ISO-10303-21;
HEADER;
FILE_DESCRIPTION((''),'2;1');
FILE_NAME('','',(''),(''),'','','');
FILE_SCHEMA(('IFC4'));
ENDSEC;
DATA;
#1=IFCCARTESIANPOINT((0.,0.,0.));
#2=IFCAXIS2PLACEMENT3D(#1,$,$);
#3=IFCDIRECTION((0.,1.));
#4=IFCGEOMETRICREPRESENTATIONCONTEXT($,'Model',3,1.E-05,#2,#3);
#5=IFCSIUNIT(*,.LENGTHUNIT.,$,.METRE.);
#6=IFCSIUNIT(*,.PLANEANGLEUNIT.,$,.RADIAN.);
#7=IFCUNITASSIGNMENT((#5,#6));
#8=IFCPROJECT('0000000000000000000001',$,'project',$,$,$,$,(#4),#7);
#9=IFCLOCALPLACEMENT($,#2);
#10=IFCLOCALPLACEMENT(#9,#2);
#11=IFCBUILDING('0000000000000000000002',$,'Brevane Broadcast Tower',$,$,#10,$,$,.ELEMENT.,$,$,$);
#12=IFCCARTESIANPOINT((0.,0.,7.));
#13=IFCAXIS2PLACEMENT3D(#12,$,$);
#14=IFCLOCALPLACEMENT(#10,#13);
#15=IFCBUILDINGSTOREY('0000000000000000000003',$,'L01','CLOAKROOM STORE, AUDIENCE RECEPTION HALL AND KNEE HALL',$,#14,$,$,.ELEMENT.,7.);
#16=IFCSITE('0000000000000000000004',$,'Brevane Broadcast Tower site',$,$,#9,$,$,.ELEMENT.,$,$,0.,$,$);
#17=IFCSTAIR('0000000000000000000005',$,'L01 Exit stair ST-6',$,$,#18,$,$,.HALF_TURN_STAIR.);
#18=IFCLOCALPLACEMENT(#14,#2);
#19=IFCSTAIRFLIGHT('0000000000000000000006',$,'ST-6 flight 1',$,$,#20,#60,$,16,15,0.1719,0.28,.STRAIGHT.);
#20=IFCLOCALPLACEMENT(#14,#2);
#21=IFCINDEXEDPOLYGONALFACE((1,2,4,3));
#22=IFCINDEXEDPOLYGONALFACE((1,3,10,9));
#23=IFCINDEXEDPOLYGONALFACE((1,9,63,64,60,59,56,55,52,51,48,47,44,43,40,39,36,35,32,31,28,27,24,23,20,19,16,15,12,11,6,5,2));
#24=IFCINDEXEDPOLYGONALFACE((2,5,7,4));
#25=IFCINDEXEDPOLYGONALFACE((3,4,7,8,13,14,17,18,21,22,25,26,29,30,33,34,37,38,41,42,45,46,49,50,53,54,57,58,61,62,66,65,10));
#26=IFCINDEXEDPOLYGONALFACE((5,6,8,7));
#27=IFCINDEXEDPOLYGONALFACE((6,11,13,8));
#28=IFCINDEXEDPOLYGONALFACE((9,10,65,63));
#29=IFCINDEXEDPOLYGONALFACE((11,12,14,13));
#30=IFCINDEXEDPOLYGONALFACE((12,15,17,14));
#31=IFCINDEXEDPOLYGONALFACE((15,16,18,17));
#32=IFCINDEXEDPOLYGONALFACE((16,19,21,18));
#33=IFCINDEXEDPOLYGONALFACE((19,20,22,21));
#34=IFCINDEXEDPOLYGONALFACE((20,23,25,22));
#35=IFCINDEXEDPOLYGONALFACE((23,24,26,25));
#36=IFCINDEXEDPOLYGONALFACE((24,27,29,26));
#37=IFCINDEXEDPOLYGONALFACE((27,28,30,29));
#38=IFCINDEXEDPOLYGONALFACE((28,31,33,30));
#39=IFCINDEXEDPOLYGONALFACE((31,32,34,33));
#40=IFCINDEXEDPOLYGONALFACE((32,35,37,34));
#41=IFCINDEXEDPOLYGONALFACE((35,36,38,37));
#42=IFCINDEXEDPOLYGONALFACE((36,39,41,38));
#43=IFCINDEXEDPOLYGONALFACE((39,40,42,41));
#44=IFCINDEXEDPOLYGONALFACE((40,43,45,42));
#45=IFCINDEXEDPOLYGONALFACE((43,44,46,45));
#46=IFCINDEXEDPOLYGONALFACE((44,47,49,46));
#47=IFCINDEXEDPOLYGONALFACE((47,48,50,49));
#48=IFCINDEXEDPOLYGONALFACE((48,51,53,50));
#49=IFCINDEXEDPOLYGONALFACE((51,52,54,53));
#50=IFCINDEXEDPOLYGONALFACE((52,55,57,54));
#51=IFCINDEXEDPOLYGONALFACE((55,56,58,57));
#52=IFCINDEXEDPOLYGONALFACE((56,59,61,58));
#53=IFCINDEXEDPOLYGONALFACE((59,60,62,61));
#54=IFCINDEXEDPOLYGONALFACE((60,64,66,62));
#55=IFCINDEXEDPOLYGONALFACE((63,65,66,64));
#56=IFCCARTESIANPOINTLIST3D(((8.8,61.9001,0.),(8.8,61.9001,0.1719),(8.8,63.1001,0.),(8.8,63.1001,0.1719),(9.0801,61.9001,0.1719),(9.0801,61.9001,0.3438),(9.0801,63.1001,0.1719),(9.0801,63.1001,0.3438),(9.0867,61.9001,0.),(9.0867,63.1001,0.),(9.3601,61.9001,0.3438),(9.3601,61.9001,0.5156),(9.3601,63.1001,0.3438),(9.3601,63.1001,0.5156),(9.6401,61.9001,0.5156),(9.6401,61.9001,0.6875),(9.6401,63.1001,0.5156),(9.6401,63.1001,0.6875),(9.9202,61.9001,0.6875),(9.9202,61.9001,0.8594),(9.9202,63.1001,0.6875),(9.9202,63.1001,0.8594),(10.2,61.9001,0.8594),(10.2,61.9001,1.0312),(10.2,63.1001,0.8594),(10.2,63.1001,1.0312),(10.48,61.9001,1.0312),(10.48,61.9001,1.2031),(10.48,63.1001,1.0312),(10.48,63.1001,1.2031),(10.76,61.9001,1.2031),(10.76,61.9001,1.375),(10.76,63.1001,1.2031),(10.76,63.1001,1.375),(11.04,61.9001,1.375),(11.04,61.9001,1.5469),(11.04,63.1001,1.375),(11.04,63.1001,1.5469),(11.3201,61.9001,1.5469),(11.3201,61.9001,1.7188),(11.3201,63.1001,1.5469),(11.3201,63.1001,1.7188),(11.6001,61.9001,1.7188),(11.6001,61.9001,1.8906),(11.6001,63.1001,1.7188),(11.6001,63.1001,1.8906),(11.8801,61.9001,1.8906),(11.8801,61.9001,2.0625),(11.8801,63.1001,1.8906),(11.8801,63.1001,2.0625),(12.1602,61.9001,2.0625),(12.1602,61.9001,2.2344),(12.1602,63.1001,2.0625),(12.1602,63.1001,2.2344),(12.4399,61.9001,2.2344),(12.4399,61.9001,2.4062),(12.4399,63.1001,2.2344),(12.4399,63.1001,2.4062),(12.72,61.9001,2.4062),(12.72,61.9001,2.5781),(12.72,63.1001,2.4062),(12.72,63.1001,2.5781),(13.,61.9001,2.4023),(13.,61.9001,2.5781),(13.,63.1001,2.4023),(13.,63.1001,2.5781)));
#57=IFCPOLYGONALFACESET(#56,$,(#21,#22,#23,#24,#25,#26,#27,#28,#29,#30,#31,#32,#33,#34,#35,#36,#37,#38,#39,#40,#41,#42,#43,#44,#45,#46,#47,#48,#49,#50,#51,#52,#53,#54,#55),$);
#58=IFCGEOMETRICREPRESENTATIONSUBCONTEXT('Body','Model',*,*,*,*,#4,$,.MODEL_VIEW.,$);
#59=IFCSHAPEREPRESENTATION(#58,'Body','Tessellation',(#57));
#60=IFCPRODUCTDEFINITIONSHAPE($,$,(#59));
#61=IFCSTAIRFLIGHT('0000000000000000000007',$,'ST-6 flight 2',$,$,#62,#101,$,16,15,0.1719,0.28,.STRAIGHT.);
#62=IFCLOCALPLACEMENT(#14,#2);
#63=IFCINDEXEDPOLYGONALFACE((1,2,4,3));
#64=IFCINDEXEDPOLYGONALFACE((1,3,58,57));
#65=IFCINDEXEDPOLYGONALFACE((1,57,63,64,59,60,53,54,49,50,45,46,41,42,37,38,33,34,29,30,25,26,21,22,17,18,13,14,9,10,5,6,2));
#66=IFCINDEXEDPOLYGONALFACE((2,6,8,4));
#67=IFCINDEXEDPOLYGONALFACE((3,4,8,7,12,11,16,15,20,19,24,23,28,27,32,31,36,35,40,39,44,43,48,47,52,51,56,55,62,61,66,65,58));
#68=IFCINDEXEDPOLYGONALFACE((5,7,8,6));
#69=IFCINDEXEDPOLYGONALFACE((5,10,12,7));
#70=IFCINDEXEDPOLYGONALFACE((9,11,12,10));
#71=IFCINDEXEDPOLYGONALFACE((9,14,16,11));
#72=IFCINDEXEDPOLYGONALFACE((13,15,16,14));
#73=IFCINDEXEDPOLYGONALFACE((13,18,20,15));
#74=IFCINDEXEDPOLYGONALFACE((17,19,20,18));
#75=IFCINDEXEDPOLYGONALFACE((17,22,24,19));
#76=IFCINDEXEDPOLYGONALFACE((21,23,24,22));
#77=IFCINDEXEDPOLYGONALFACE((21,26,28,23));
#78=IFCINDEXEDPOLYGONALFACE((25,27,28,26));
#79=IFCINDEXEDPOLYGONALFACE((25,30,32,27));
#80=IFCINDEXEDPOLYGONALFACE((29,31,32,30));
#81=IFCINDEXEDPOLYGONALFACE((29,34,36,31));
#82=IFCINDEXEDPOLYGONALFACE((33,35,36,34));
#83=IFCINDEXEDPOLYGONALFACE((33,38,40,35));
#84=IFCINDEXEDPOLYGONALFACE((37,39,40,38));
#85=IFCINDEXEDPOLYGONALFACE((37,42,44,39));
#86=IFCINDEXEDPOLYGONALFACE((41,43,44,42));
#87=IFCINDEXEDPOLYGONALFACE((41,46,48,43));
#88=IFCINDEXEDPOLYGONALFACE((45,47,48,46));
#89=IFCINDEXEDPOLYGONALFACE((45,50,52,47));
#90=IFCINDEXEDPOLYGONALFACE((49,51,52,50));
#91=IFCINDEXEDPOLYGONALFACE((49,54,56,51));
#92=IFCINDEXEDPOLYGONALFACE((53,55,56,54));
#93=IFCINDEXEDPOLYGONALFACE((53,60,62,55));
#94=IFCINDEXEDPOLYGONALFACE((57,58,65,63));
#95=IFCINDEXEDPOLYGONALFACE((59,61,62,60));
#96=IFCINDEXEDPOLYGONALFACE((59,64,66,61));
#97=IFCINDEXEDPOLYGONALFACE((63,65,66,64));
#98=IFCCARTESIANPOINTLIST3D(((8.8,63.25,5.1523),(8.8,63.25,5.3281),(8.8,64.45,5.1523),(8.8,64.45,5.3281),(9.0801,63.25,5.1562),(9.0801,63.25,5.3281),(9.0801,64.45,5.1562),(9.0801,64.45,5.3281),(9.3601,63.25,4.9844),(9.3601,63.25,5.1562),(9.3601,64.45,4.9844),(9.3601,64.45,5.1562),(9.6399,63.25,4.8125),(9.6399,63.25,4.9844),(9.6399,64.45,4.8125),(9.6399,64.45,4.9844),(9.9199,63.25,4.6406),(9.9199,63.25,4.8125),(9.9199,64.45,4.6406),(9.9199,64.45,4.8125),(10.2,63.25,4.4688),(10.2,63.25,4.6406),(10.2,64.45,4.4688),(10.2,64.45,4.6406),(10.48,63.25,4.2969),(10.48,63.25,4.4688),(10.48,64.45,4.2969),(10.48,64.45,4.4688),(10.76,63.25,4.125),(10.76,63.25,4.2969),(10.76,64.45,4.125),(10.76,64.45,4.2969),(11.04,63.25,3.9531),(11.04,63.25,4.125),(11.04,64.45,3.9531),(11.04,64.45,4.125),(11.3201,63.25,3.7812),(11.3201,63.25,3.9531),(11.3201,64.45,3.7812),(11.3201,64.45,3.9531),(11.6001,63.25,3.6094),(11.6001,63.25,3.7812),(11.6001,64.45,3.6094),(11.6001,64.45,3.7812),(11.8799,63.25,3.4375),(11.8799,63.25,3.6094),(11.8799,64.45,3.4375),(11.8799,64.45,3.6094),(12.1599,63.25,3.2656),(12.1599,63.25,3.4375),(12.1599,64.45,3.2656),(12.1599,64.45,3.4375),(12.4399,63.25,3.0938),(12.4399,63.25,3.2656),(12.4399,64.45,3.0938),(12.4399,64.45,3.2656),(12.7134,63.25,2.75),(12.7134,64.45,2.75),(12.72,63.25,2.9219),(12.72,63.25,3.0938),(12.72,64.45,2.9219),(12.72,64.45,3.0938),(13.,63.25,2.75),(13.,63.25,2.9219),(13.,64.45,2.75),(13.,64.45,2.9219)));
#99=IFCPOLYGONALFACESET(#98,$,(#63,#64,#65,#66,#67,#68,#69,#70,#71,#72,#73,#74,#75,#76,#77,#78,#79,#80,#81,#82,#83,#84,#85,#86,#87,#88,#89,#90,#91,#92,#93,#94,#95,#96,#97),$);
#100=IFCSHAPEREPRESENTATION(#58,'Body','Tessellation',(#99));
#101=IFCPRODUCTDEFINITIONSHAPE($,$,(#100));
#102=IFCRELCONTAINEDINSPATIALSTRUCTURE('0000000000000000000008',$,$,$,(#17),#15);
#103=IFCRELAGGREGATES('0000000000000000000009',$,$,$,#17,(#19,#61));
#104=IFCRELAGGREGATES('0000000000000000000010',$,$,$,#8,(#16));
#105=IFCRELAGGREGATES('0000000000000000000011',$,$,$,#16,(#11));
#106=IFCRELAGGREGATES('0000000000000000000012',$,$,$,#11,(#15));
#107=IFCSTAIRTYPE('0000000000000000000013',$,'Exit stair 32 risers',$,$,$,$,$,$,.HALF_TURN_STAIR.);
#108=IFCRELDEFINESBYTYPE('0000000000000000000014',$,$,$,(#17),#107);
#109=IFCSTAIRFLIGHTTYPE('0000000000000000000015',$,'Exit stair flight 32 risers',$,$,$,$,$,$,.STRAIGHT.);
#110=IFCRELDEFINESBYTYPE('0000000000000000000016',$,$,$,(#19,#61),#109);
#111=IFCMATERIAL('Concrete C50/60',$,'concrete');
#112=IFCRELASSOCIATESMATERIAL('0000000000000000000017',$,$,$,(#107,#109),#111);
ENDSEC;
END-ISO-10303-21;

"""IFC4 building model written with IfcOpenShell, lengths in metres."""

from ifc_helpers import new_model, si_unit, direction, frame, origin, place, context, subcontext, project, spatial, polyline, outline, extrude, material, type_object, element, aggregate, save


model = new_model("IFC4")

# Units and contexts
model_context = context("Model", 3, precision=1e-05, world=origin(), true_north=direction((0.0, 1.0)))
body_context = subcontext(model_context, "Body", "Model", "MODEL_VIEW")
ifc_project = project(units=[si_unit("LENGTHUNIT", "METRE"), si_unit("PLANEANGLEUNIT", "RADIAN")], contexts=[model_context])

# Site, building, storey
site_placement = place(None, origin())
site = spatial("IfcSite", under=ifc_project, at=site_placement, Name="Brevane Broadcast Tower site", CompositionType="ELEMENT", RefElevation=0.0)
building_placement = place(site_placement, origin())
building = spatial("IfcBuilding", under=site, at=building_placement, Name="Brevane Broadcast Tower", CompositionType="ELEMENT")
storey_placement = place(building_placement, frame((0.0, 0.0, 7.0)))
storey = spatial("IfcBuildingStorey", under=building, at=storey_placement, Name="L01", Description="CLOAKROOM STORE, AUDIENCE RECEPTION HALL AND KNEE HALL", CompositionType="ELEMENT", Elevation=7.0)

# Stair, stair flights
ifc_material_1 = material(Name="Concrete C50/60", Category="concrete")
stair_type = type_object("IfcStairType", Name="Exit stair 32 risers", PredefinedType="HALF_TURN_STAIR", material=ifc_material_1)
stair_placement = place(storey_placement, origin())
stair = element("IfcStair", 1, at=stair_placement, inside=storey, type_object=stair_type, Name="L01 Exit stair ST-6", PredefinedType="HALF_TURN_STAIR")
stair_flight_type = type_object("IfcStairFlightType", Name="Exit stair flight 32 risers", PredefinedType="STRAIGHT", material=ifc_material_1)
stair_flight_1_placement = place(storey_placement, frame((8.8, 62.5, 0.0), z_axis=(0.0, 0.0, 1.0), x_axis=(1.0, 0.0, 0.0)))
stair_flight_1 = element("IfcStairFlight", 2, at=stair_flight_1_placement, type_object=stair_flight_type, Name="ST-6 flight 1", NumberOfRisers=16, NumberOfTreads=15, PredefinedType="STRAIGHT", RiserHeight=0.1719, TreadLength=0.28, context=body_context, shape_type="SweptSolid", body=[
    extrude(outline(polyline([(0.0, 0.0), (0.0, 0.1719), (0.28, 0.1719), (0.28, 0.3438), (0.5601, 0.3438), (0.5601, 0.5156), (0.8401, 0.5156), (0.8401, 0.6875), (1.1201, 0.6875), (1.1201, 0.8594), (1.3999, 0.8594), (1.3999, 1.0312), (1.6799, 1.0312), (1.6799, 1.2031), (1.96, 1.2031), (1.96, 1.375), (2.24, 1.375), (2.24, 1.5469), (2.52, 1.5469), (2.52, 1.7188), (2.8, 1.7188), (2.8, 1.8906), (3.0801, 1.8906), (3.0801, 2.0625), (3.3601, 2.0625), (3.3601, 2.2344), (3.6399, 2.2344), (3.6399, 2.4062), (3.9199, 2.4062), (3.9199, 2.5781), (4.2, 2.5781), (4.2, 2.75), (4.2, 2.4023), (0.2866, 0.0), (0.0, 0.0)])), frame((0.0, 0.6001, 0.0), z_axis=(0.0, -1.0, 0.0), x_axis=(1.0, 0.0, 0.0)), (0.0, 0.0, 1.0), 1.2),
])
stair_flight_2_placement = place(storey_placement, frame((13.0, 63.8501, 2.75), z_axis=(0.0, 0.0, 1.0), x_axis=(-1.0, 0.0, 0.0)))
stair_flight_2 = element("IfcStairFlight", 3, at=stair_flight_2_placement, type_object=stair_flight_type, Name="ST-6 flight 2", NumberOfRisers=16, NumberOfTreads=15, PredefinedType="STRAIGHT", RiserHeight=0.1719, TreadLength=0.28, context=body_context, shape_type="SweptSolid", body=[
    extrude(outline(polyline([(0.0, 0.0), (0.0, 0.1719), (0.28, 0.1719), (0.28, 0.3438), (0.5601, 0.3438), (0.5601, 0.5156), (0.8401, 0.5156), (0.8401, 0.6875), (1.1201, 0.6875), (1.1201, 0.8594), (1.3999, 0.8594), (1.3999, 1.0312), (1.6799, 1.0312), (1.6799, 1.2031), (1.96, 1.2031), (1.96, 1.375), (2.24, 1.375), (2.24, 1.5469), (2.52, 1.5469), (2.52, 1.7188), (2.8, 1.7188), (2.8, 1.8906), (3.0801, 1.8906), (3.0801, 2.0625), (3.3601, 2.0625), (3.3601, 2.2344), (3.6399, 2.2344), (3.6399, 2.4062), (3.9199, 2.4062), (3.9199, 2.5781), (4.2, 2.5781), (4.2, 2.75), (4.2, 2.4023), (0.2866, 0.0), (0.0, 0.0)])), frame((0.0, 0.6001, 0.0), z_axis=(0.0, -1.0, 0.0), x_axis=(1.0, 0.0, 0.0)), (0.0, 0.0, 1.0), 1.2),
])
aggregate(stair, [stair_flight_1, stair_flight_2])

save(model, "model.ifc")
